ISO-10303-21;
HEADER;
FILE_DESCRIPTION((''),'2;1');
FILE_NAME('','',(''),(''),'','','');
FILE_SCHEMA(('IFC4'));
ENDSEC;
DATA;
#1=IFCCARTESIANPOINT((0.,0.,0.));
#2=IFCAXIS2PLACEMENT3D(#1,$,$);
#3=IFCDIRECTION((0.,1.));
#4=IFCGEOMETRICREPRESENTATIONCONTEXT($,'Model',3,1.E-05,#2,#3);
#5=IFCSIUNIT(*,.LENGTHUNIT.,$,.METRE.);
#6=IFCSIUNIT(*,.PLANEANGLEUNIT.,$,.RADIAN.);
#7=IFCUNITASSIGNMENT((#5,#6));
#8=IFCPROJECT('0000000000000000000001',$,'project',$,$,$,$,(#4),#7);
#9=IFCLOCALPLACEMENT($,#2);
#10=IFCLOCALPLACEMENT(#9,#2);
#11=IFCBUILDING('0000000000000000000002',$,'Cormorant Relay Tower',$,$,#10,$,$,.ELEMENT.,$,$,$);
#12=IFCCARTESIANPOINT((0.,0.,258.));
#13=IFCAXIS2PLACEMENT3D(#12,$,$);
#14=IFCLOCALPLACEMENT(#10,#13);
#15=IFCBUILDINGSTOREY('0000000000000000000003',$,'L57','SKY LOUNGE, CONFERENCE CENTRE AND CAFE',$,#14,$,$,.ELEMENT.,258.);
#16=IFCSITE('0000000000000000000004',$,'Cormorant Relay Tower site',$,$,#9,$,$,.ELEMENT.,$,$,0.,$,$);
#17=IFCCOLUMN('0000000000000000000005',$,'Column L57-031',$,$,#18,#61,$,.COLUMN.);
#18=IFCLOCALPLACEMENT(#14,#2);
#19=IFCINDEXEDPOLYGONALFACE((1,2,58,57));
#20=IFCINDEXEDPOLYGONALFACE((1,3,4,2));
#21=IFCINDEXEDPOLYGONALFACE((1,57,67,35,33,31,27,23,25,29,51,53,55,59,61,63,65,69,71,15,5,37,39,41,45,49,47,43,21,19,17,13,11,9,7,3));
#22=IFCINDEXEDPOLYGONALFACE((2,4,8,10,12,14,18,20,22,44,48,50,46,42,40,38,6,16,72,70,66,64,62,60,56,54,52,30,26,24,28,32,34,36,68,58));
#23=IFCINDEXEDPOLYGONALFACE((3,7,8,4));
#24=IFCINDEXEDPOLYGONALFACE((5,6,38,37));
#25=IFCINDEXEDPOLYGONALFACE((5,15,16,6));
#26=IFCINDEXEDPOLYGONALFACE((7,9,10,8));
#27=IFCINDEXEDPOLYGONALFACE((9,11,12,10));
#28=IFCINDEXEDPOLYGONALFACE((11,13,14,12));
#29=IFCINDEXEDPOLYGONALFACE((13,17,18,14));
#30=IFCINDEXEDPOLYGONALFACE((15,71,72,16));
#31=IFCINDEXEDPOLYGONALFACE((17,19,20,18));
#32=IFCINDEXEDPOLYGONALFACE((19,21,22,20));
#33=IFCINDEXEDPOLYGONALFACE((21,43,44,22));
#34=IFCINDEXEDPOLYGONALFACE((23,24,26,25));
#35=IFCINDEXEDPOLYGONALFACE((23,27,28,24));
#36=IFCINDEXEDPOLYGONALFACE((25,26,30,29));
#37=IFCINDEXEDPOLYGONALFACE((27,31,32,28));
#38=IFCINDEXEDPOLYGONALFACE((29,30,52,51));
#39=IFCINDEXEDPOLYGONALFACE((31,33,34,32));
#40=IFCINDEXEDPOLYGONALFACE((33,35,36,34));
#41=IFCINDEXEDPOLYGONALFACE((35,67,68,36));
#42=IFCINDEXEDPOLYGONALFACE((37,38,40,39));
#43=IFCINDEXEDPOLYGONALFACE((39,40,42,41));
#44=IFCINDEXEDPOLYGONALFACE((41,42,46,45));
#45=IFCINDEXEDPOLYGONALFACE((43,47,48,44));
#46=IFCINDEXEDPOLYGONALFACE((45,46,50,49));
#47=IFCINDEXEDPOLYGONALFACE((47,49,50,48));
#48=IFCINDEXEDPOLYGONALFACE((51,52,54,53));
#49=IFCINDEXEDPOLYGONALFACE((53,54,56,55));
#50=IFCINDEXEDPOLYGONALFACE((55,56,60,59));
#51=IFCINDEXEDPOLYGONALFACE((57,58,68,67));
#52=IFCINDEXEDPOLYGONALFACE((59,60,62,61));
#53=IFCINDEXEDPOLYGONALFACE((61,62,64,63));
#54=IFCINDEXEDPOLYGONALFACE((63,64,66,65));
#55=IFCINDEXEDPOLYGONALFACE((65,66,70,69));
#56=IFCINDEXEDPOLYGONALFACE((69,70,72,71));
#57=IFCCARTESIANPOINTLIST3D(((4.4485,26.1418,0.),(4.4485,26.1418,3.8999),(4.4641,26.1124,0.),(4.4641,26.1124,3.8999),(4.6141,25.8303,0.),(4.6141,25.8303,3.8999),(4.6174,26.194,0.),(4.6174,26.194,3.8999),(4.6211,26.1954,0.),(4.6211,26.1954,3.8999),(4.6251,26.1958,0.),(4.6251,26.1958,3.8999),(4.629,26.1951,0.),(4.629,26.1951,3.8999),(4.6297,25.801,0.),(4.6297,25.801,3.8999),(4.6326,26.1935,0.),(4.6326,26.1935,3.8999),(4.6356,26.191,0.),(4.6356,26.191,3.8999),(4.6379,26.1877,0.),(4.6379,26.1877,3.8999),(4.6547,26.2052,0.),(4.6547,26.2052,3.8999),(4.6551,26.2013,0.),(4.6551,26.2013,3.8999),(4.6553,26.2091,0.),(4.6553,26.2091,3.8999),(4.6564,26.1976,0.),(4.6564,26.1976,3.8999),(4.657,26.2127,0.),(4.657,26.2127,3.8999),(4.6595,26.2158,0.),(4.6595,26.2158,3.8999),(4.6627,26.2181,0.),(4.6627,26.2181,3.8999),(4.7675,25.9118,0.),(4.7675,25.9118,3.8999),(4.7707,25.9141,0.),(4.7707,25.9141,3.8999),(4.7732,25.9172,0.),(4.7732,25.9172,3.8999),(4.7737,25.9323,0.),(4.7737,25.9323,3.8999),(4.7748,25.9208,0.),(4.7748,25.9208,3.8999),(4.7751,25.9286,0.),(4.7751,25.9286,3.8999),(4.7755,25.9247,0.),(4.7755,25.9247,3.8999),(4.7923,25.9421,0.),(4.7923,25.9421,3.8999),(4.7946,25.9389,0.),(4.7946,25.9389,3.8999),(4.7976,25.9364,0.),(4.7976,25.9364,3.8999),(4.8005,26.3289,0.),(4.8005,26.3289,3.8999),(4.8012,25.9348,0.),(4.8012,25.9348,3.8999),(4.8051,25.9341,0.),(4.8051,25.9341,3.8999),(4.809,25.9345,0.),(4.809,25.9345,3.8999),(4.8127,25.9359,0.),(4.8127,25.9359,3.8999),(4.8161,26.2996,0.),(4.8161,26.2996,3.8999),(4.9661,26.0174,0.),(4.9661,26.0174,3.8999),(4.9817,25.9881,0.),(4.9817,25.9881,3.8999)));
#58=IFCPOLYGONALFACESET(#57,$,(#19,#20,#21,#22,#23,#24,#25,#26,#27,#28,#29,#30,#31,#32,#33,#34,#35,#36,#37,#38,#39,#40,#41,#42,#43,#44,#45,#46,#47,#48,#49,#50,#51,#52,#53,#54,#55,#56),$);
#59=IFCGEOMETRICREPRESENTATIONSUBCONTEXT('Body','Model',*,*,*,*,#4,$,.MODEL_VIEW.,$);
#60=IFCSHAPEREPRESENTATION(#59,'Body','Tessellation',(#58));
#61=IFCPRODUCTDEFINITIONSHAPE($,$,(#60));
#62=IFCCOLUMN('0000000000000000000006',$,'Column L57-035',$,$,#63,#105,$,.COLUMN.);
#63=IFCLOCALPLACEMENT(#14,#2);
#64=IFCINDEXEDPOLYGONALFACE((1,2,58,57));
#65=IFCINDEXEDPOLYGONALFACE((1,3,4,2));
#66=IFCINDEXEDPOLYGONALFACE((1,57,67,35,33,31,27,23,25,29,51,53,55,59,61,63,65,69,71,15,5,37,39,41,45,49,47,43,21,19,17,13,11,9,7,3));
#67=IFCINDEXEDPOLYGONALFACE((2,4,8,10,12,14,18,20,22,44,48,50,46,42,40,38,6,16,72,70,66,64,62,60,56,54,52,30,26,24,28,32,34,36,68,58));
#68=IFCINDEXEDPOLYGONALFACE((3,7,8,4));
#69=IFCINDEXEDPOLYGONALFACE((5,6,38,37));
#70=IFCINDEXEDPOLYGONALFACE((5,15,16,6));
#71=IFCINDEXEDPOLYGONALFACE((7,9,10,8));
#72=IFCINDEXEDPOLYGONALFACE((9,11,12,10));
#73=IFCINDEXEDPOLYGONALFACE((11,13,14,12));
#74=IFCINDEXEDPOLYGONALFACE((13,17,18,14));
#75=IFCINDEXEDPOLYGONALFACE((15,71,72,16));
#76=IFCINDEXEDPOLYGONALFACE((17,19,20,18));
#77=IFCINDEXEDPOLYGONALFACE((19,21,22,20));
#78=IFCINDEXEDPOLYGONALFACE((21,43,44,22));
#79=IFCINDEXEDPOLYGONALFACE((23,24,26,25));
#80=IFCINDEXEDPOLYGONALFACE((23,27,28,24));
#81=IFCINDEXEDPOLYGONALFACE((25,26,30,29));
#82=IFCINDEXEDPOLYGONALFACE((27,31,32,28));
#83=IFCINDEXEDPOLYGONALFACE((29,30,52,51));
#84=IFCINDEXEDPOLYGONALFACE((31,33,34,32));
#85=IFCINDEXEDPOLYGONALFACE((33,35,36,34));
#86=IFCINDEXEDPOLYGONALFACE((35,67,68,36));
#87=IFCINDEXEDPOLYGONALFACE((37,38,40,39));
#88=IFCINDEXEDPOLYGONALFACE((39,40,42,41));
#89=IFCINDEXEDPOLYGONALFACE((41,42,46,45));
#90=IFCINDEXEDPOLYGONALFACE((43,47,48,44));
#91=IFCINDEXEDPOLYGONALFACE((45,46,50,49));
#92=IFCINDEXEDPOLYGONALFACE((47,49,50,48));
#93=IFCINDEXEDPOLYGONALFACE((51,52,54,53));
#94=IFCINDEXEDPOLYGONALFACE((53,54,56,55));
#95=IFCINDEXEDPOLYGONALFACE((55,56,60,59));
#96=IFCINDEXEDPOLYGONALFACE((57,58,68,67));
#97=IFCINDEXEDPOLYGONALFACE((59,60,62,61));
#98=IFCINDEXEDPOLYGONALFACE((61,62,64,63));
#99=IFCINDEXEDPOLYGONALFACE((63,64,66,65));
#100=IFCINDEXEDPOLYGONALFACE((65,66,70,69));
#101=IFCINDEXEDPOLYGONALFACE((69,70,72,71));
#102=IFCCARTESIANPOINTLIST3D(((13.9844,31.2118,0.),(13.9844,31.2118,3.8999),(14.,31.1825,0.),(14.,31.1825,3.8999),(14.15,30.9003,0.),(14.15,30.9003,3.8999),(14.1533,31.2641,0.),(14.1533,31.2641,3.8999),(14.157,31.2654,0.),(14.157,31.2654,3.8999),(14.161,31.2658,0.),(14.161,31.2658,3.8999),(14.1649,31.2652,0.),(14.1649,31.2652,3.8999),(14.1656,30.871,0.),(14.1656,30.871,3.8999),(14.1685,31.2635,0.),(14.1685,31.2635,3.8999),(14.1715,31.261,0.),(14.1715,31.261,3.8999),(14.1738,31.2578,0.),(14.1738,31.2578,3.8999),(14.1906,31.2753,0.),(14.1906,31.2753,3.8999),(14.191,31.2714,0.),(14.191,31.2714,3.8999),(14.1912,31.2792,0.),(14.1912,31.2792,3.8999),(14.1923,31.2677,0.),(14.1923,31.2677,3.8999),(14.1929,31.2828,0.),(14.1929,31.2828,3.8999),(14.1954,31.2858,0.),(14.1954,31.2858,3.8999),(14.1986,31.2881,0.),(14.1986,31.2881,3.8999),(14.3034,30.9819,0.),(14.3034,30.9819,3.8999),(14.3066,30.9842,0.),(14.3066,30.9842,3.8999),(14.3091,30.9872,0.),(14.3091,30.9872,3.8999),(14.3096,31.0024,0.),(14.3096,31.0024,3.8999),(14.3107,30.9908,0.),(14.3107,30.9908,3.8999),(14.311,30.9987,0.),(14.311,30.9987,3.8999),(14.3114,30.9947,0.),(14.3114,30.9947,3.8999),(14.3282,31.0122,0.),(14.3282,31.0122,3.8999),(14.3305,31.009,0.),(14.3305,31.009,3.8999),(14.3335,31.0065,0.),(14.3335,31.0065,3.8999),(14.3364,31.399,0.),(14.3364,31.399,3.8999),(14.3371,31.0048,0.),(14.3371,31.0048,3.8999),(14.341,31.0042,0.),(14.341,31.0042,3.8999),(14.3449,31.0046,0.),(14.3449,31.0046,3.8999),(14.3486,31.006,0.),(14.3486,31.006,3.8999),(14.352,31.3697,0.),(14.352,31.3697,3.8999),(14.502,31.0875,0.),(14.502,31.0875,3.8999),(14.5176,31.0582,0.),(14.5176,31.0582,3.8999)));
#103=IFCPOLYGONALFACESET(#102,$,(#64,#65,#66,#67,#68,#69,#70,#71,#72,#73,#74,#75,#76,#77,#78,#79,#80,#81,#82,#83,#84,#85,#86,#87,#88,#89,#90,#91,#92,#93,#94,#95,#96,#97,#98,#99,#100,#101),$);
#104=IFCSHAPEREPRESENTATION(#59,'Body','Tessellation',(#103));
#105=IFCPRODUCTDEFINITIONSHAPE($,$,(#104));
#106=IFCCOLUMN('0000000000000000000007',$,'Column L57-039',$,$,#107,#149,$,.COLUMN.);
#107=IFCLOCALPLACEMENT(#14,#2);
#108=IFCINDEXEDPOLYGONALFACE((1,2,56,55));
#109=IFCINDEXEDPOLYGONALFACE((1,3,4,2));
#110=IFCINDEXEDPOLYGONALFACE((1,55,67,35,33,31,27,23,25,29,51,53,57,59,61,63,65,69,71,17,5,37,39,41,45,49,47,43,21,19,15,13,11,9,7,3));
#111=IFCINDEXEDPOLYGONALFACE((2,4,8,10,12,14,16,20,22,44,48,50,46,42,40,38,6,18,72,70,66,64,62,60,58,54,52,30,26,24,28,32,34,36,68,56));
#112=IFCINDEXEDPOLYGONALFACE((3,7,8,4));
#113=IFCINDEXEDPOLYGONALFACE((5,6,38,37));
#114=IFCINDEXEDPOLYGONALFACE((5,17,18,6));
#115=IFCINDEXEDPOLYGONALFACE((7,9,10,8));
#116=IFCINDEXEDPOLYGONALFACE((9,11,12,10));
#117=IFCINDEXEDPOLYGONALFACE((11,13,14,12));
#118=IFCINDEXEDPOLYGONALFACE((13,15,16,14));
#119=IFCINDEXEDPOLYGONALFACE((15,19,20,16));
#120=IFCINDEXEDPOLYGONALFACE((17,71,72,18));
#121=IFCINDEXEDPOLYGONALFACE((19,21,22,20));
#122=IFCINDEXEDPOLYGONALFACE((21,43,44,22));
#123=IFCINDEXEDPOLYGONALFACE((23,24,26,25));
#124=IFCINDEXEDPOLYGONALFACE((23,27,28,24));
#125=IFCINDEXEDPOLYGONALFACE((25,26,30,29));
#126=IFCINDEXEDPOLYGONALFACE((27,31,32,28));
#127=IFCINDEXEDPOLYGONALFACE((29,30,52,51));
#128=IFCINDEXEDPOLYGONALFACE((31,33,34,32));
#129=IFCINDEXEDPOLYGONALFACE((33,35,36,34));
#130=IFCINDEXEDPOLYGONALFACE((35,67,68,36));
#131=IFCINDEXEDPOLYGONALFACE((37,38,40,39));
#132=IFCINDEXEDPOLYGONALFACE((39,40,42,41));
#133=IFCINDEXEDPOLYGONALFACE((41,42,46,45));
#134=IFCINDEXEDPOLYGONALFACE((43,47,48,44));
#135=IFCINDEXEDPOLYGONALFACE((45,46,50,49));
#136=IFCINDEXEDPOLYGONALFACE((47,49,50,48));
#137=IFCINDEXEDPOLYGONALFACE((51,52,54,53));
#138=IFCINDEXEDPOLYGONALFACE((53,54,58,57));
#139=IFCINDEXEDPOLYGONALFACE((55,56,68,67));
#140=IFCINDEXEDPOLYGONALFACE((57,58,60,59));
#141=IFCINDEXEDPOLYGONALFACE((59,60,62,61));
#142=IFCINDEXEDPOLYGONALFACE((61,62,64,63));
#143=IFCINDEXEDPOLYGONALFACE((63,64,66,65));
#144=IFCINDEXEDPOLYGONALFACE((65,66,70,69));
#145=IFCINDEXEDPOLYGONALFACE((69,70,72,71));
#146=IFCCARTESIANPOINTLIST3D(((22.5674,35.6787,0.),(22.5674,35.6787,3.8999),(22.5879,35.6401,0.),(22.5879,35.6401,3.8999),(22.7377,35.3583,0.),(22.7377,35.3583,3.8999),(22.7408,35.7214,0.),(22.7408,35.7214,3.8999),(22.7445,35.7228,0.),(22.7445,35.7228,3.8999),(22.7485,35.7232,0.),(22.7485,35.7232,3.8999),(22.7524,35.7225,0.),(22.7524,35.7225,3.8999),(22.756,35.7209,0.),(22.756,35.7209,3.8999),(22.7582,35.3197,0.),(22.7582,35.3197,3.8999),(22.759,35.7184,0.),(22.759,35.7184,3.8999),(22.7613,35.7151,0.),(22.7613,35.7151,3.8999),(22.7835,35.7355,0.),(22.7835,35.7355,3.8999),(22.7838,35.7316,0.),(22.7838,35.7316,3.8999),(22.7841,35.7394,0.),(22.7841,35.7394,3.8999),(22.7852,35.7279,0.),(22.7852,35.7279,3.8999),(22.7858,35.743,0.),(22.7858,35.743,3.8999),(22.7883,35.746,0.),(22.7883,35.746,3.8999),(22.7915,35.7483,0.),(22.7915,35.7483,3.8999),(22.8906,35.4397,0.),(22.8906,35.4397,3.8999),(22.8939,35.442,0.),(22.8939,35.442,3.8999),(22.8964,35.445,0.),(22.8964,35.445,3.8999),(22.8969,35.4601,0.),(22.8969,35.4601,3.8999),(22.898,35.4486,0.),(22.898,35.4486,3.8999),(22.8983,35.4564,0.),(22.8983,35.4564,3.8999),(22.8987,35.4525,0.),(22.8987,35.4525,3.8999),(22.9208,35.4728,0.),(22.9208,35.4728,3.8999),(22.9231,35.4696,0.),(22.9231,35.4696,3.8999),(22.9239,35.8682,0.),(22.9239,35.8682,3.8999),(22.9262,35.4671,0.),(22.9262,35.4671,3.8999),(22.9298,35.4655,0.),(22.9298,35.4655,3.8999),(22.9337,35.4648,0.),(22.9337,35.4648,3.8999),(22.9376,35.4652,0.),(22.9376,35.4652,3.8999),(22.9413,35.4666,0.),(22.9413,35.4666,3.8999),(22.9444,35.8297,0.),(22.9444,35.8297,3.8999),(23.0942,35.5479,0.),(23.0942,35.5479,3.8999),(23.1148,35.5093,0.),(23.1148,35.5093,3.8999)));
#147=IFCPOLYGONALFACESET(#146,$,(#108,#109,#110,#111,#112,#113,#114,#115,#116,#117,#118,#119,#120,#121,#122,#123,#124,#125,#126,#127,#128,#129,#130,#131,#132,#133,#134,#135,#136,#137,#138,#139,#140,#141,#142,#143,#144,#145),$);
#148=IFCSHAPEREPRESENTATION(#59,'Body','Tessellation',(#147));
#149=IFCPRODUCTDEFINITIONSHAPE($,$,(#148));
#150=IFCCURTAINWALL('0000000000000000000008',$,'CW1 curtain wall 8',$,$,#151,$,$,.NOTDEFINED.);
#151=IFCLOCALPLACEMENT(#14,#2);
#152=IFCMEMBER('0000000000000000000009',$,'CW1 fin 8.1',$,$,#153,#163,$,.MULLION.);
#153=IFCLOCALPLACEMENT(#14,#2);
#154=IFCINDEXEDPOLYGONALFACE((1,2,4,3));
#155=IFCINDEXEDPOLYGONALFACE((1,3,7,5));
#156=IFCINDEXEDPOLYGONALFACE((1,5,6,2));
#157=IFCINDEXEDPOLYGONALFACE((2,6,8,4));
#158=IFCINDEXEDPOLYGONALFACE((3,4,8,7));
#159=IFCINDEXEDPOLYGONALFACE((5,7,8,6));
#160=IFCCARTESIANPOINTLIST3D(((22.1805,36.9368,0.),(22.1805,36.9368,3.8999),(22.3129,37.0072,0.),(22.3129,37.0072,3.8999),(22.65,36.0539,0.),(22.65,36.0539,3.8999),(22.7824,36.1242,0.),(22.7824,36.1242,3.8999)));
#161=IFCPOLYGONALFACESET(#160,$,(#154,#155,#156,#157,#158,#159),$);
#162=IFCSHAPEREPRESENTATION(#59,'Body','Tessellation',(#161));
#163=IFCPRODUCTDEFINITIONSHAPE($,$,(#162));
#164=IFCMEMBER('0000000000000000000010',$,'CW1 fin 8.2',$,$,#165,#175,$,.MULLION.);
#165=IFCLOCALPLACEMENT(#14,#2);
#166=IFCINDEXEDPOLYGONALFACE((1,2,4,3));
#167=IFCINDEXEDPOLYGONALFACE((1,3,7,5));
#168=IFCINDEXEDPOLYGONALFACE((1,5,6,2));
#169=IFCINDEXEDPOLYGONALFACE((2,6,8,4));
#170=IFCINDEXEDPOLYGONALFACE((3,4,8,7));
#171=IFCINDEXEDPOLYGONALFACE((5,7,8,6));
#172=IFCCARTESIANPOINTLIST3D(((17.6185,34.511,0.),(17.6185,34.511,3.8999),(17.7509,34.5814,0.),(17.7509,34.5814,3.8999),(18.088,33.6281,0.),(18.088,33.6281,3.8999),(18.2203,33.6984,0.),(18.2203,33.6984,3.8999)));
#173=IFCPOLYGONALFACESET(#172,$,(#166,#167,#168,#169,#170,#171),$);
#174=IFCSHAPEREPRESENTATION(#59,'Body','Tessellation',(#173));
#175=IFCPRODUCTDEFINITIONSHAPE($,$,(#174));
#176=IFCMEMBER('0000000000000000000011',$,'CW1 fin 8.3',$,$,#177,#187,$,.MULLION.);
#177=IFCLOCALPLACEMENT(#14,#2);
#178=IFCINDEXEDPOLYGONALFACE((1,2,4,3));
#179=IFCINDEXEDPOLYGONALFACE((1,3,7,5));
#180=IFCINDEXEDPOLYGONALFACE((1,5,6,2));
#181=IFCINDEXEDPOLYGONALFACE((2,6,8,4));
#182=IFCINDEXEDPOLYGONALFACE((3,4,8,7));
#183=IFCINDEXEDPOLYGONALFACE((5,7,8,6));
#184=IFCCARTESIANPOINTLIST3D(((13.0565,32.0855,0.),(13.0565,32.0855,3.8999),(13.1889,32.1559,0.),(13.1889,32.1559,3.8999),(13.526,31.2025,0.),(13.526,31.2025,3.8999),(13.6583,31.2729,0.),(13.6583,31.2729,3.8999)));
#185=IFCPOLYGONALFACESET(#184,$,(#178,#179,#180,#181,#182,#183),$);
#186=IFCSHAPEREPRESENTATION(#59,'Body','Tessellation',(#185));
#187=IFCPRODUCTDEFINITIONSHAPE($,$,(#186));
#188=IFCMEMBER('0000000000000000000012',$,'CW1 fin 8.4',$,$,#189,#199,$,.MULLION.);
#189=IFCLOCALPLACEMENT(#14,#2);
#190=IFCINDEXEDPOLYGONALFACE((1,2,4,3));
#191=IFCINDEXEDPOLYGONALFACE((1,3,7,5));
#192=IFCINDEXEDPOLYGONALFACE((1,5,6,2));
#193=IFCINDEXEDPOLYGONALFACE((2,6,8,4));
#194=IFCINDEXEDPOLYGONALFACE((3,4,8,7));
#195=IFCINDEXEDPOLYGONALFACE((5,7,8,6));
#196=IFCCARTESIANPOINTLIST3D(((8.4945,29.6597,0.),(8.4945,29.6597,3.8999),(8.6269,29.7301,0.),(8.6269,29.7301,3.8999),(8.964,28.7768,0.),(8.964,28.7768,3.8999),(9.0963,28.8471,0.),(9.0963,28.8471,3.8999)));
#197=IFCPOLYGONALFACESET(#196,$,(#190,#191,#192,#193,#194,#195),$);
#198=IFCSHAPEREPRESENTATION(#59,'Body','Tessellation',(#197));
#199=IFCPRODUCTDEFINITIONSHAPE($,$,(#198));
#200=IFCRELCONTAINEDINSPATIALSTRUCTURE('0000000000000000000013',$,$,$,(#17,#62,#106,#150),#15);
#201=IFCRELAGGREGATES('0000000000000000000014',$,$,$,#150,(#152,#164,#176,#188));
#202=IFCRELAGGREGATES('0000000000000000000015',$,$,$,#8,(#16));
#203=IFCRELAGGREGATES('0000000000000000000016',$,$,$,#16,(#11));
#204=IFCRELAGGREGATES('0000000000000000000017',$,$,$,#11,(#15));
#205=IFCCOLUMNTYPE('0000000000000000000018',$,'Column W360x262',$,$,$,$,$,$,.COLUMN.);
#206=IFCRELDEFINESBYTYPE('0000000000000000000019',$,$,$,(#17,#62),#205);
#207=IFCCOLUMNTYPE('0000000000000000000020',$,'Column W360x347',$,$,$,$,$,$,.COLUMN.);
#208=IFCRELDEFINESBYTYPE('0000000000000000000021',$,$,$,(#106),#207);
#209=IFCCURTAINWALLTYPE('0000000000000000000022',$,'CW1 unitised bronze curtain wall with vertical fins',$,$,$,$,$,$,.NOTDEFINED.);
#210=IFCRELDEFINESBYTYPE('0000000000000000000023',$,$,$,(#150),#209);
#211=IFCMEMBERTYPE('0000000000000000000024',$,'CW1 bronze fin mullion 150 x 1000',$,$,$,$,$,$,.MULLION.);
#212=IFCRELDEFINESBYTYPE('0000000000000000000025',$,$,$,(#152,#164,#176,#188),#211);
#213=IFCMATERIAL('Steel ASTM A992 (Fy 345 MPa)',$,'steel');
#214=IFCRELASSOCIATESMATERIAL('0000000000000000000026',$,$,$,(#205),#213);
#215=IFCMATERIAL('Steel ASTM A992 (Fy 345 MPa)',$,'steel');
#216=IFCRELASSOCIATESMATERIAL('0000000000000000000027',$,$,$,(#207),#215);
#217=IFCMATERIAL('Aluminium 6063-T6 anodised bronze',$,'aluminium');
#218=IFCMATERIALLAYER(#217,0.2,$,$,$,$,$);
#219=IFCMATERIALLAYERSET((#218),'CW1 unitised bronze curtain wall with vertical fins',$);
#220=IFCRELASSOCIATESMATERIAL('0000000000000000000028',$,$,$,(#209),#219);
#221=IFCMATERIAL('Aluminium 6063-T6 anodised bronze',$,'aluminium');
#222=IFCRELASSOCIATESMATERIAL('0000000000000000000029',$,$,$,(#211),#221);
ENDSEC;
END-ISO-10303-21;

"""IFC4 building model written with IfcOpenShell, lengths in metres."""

from ifc_helpers import new_model, si_unit, direction, frame, origin, origin_2d, place, context, subcontext, project, spatial, rectangle, i_section, extrude, material, layer, layer_set, material_profile, profile_set, type_object, element, aggregate, save


model = new_model("IFC4")

# Units and contexts
model_context = context("Model", 3, precision=1e-05, world=origin(), true_north=direction((0.0, 1.0)))
body_context = subcontext(model_context, "Body", "Model", "MODEL_VIEW")
ifc_project = project(units=[si_unit("LENGTHUNIT", "METRE"), si_unit("PLANEANGLEUNIT", "RADIAN")], contexts=[model_context])

# Site, building, storey
site_placement = place(None, origin())
site = spatial("IfcSite", under=ifc_project, at=site_placement, Name="Cormorant Relay Tower site", CompositionType="ELEMENT", RefElevation=0.0)
building_placement = place(site_placement, origin())
building = spatial("IfcBuilding", under=site, at=building_placement, Name="Cormorant Relay Tower", CompositionType="ELEMENT")
storey_placement = place(building_placement, frame((0.0, 0.0, 258.0)))
storey = spatial("IfcBuildingStorey", under=building, at=storey_placement, Name="L57", Description="SKY LOUNGE, CONFERENCE CENTRE AND CAFE", CompositionType="ELEMENT", Elevation=258.0)

# Columns
ifc_material_1 = material(Name="Steel ASTM A992 (Fy 345 MPa)", Category="steel")
ifc_material_profile_1 = material_profile(ifc_material_1, i_section(OverallWidth=0.3987, OverallDepth=0.386, WebThickness=0.021, FlangeThickness=0.0332, FilletRadius=0.0151, at=origin_2d()), Name="W360x262")
ifc_profile_set_1 = profile_set([ifc_material_profile_1], Name="Steel ASTM A992 (Fy 345 MPa)")
column_type_1 = type_object("IfcColumnType", Name="Column W360x262", PredefinedType="COLUMN", material=ifc_profile_set_1)
for number, where, z_axis, x_axis, name in (
    (1, (4.7151, 26.0649, 0.0), (0.0, 0.0, 1.0), (-0.882948, -0.469472, 0.0), "Column L57-031"),
    (2, (14.251, 31.135, 0.0), (0.0, 0.0, 1.0), (-0.882948, -0.469472, 0.0), "Column L57-035"),
):
    element("IfcColumn", number, at=place(storey_placement, frame(where, z_axis=z_axis, x_axis=x_axis)), inside=storey, type_object=column_type_1, Name=name, PredefinedType="COLUMN", context=body_context, shape_type="SweptSolid", body=[
        extrude(i_section(OverallWidth=0.3987, OverallDepth=0.386, WebThickness=0.021, FlangeThickness=0.0332, FilletRadius=0.0151, at=origin_2d()), origin(), (0.0, 0.0, 1.0), 3.8999),
    ])
ifc_material_2 = material(Name="Steel ASTM A992 (Fy 345 MPa)", Category="steel")
ifc_material_profile_2 = material_profile(ifc_material_2, i_section(OverallWidth=0.4038, OverallDepth=0.4065, WebThickness=0.0271, FlangeThickness=0.0437, FilletRadius=0.0151, at=origin_2d()), Name="W360x347")
ifc_profile_set_2 = profile_set([ifc_material_profile_2], Name="Steel ASTM A992 (Fy 345 MPa)")
column_type_2 = type_object("IfcColumnType", Name="Column W360x347", PredefinedType="COLUMN", material=ifc_profile_set_2)
column_placement = place(storey_placement, frame((22.8411, 35.594, 0.0), z_axis=(0.0, 0.0, 1.0), x_axis=(-0.882948, -0.469472, 0.0)))
element("IfcColumn", 3, at=column_placement, inside=storey, type_object=column_type_2, Name="Column L57-039", PredefinedType="COLUMN", context=body_context, shape_type="SweptSolid", body=[
    extrude(i_section(OverallWidth=0.4038, OverallDepth=0.4065, WebThickness=0.0271, FlangeThickness=0.0437, FilletRadius=0.0151, at=origin_2d()), origin(), (0.0, 0.0, 1.0), 3.8999),
])

# Curtain wall, members
ifc_material_3 = material(Name="Aluminium 6063-T6 anodised bronze", Category="aluminium")
ifc_layer_1 = layer(ifc_material_3, 0.2)
ifc_layer_set_1 = layer_set([ifc_layer_1], Name="CW1 unitised bronze curtain wall with vertical fins")
curtain_wall_type = type_object("IfcCurtainWallType", Name="CW1 unitised bronze curtain wall with vertical fins", PredefinedType="NOTDEFINED", material=ifc_layer_set_1)
curtain_wall_1_placement = place(storey_placement, origin())
curtain_wall_1 = element("IfcCurtainWall", 4, at=curtain_wall_1_placement, inside=storey, type_object=curtain_wall_type, Name="CW1 curtain wall 8", PredefinedType="NOTDEFINED")
ifc_material_4 = material(Name="Aluminium 6063-T6 anodised bronze", Category="aluminium")
ifc_material_profile_3 = material_profile(ifc_material_4, rectangle(XDim=0.1499, YDim=1.0, at=origin_2d()), Name="AL 150x1000")
ifc_profile_set_3 = profile_set([ifc_material_profile_3], Name="Aluminium 6063-T6 anodised bronze")
member_type_1 = type_object("IfcMemberType", Name="CW1 bronze fin mullion 150 x 1000", PredefinedType="MULLION", material=ifc_profile_set_3)
member_1_placement = place(storey_placement, frame((22.4814, 36.5305, 0.0), z_axis=(0.0, 0.0, 1.0), x_axis=(-0.882948, -0.469472, 0.0)))
member_1 = element("IfcMember", 5, at=member_1_placement, type_object=member_type_1, Name="CW1 fin 8.1", PredefinedType="MULLION", context=body_context, shape_type="SweptSolid", body=[
    extrude(rectangle(XDim=0.1499, YDim=1.0, at=origin_2d()), origin(), (0.0, 0.0, 1.0), 3.8999),
])
member_2_placement = place(storey_placement, frame((17.9194, 34.1047, 0.0), z_axis=(0.0, 0.0, 1.0), x_axis=(-0.882948, -0.469472, 0.0)))
member_2 = element("IfcMember", 6, at=member_2_placement, type_object=member_type_1, Name="CW1 fin 8.2", PredefinedType="MULLION", context=body_context, shape_type="SweptSolid", body=[
    extrude(rectangle(XDim=0.1499, YDim=1.0, at=origin_2d()), origin(), (0.0, 0.0, 1.0), 3.8999),
])
member_3_placement = place(storey_placement, frame((13.3574, 31.6792, 0.0), z_axis=(0.0, 0.0, 1.0), x_axis=(-0.882948, -0.469472, 0.0)))
member_3 = element("IfcMember", 7, at=member_3_placement, type_object=member_type_1, Name="CW1 fin 8.3", PredefinedType="MULLION", context=body_context, shape_type="SweptSolid", body=[
    extrude(rectangle(XDim=0.1499, YDim=1.0, at=origin_2d()), origin(), (0.0, 0.0, 1.0), 3.8999),
])
member_4_placement = place(storey_placement, frame((8.7954, 29.2534, 0.0), z_axis=(0.0, 0.0, 1.0), x_axis=(-0.882948, -0.469472, 0.0)))
member_4 = element("IfcMember", 8, at=member_4_placement, type_object=member_type_1, Name="CW1 fin 8.4", PredefinedType="MULLION", context=body_context, shape_type="SweptSolid", body=[
    extrude(rectangle(XDim=0.1499, YDim=1.0, at=origin_2d()), origin(), (0.0, 0.0, 1.0), 3.8999),
])

aggregate(curtain_wall_1, [member_1, member_2, member_3, member_4])

save(model, "model.ifc")
